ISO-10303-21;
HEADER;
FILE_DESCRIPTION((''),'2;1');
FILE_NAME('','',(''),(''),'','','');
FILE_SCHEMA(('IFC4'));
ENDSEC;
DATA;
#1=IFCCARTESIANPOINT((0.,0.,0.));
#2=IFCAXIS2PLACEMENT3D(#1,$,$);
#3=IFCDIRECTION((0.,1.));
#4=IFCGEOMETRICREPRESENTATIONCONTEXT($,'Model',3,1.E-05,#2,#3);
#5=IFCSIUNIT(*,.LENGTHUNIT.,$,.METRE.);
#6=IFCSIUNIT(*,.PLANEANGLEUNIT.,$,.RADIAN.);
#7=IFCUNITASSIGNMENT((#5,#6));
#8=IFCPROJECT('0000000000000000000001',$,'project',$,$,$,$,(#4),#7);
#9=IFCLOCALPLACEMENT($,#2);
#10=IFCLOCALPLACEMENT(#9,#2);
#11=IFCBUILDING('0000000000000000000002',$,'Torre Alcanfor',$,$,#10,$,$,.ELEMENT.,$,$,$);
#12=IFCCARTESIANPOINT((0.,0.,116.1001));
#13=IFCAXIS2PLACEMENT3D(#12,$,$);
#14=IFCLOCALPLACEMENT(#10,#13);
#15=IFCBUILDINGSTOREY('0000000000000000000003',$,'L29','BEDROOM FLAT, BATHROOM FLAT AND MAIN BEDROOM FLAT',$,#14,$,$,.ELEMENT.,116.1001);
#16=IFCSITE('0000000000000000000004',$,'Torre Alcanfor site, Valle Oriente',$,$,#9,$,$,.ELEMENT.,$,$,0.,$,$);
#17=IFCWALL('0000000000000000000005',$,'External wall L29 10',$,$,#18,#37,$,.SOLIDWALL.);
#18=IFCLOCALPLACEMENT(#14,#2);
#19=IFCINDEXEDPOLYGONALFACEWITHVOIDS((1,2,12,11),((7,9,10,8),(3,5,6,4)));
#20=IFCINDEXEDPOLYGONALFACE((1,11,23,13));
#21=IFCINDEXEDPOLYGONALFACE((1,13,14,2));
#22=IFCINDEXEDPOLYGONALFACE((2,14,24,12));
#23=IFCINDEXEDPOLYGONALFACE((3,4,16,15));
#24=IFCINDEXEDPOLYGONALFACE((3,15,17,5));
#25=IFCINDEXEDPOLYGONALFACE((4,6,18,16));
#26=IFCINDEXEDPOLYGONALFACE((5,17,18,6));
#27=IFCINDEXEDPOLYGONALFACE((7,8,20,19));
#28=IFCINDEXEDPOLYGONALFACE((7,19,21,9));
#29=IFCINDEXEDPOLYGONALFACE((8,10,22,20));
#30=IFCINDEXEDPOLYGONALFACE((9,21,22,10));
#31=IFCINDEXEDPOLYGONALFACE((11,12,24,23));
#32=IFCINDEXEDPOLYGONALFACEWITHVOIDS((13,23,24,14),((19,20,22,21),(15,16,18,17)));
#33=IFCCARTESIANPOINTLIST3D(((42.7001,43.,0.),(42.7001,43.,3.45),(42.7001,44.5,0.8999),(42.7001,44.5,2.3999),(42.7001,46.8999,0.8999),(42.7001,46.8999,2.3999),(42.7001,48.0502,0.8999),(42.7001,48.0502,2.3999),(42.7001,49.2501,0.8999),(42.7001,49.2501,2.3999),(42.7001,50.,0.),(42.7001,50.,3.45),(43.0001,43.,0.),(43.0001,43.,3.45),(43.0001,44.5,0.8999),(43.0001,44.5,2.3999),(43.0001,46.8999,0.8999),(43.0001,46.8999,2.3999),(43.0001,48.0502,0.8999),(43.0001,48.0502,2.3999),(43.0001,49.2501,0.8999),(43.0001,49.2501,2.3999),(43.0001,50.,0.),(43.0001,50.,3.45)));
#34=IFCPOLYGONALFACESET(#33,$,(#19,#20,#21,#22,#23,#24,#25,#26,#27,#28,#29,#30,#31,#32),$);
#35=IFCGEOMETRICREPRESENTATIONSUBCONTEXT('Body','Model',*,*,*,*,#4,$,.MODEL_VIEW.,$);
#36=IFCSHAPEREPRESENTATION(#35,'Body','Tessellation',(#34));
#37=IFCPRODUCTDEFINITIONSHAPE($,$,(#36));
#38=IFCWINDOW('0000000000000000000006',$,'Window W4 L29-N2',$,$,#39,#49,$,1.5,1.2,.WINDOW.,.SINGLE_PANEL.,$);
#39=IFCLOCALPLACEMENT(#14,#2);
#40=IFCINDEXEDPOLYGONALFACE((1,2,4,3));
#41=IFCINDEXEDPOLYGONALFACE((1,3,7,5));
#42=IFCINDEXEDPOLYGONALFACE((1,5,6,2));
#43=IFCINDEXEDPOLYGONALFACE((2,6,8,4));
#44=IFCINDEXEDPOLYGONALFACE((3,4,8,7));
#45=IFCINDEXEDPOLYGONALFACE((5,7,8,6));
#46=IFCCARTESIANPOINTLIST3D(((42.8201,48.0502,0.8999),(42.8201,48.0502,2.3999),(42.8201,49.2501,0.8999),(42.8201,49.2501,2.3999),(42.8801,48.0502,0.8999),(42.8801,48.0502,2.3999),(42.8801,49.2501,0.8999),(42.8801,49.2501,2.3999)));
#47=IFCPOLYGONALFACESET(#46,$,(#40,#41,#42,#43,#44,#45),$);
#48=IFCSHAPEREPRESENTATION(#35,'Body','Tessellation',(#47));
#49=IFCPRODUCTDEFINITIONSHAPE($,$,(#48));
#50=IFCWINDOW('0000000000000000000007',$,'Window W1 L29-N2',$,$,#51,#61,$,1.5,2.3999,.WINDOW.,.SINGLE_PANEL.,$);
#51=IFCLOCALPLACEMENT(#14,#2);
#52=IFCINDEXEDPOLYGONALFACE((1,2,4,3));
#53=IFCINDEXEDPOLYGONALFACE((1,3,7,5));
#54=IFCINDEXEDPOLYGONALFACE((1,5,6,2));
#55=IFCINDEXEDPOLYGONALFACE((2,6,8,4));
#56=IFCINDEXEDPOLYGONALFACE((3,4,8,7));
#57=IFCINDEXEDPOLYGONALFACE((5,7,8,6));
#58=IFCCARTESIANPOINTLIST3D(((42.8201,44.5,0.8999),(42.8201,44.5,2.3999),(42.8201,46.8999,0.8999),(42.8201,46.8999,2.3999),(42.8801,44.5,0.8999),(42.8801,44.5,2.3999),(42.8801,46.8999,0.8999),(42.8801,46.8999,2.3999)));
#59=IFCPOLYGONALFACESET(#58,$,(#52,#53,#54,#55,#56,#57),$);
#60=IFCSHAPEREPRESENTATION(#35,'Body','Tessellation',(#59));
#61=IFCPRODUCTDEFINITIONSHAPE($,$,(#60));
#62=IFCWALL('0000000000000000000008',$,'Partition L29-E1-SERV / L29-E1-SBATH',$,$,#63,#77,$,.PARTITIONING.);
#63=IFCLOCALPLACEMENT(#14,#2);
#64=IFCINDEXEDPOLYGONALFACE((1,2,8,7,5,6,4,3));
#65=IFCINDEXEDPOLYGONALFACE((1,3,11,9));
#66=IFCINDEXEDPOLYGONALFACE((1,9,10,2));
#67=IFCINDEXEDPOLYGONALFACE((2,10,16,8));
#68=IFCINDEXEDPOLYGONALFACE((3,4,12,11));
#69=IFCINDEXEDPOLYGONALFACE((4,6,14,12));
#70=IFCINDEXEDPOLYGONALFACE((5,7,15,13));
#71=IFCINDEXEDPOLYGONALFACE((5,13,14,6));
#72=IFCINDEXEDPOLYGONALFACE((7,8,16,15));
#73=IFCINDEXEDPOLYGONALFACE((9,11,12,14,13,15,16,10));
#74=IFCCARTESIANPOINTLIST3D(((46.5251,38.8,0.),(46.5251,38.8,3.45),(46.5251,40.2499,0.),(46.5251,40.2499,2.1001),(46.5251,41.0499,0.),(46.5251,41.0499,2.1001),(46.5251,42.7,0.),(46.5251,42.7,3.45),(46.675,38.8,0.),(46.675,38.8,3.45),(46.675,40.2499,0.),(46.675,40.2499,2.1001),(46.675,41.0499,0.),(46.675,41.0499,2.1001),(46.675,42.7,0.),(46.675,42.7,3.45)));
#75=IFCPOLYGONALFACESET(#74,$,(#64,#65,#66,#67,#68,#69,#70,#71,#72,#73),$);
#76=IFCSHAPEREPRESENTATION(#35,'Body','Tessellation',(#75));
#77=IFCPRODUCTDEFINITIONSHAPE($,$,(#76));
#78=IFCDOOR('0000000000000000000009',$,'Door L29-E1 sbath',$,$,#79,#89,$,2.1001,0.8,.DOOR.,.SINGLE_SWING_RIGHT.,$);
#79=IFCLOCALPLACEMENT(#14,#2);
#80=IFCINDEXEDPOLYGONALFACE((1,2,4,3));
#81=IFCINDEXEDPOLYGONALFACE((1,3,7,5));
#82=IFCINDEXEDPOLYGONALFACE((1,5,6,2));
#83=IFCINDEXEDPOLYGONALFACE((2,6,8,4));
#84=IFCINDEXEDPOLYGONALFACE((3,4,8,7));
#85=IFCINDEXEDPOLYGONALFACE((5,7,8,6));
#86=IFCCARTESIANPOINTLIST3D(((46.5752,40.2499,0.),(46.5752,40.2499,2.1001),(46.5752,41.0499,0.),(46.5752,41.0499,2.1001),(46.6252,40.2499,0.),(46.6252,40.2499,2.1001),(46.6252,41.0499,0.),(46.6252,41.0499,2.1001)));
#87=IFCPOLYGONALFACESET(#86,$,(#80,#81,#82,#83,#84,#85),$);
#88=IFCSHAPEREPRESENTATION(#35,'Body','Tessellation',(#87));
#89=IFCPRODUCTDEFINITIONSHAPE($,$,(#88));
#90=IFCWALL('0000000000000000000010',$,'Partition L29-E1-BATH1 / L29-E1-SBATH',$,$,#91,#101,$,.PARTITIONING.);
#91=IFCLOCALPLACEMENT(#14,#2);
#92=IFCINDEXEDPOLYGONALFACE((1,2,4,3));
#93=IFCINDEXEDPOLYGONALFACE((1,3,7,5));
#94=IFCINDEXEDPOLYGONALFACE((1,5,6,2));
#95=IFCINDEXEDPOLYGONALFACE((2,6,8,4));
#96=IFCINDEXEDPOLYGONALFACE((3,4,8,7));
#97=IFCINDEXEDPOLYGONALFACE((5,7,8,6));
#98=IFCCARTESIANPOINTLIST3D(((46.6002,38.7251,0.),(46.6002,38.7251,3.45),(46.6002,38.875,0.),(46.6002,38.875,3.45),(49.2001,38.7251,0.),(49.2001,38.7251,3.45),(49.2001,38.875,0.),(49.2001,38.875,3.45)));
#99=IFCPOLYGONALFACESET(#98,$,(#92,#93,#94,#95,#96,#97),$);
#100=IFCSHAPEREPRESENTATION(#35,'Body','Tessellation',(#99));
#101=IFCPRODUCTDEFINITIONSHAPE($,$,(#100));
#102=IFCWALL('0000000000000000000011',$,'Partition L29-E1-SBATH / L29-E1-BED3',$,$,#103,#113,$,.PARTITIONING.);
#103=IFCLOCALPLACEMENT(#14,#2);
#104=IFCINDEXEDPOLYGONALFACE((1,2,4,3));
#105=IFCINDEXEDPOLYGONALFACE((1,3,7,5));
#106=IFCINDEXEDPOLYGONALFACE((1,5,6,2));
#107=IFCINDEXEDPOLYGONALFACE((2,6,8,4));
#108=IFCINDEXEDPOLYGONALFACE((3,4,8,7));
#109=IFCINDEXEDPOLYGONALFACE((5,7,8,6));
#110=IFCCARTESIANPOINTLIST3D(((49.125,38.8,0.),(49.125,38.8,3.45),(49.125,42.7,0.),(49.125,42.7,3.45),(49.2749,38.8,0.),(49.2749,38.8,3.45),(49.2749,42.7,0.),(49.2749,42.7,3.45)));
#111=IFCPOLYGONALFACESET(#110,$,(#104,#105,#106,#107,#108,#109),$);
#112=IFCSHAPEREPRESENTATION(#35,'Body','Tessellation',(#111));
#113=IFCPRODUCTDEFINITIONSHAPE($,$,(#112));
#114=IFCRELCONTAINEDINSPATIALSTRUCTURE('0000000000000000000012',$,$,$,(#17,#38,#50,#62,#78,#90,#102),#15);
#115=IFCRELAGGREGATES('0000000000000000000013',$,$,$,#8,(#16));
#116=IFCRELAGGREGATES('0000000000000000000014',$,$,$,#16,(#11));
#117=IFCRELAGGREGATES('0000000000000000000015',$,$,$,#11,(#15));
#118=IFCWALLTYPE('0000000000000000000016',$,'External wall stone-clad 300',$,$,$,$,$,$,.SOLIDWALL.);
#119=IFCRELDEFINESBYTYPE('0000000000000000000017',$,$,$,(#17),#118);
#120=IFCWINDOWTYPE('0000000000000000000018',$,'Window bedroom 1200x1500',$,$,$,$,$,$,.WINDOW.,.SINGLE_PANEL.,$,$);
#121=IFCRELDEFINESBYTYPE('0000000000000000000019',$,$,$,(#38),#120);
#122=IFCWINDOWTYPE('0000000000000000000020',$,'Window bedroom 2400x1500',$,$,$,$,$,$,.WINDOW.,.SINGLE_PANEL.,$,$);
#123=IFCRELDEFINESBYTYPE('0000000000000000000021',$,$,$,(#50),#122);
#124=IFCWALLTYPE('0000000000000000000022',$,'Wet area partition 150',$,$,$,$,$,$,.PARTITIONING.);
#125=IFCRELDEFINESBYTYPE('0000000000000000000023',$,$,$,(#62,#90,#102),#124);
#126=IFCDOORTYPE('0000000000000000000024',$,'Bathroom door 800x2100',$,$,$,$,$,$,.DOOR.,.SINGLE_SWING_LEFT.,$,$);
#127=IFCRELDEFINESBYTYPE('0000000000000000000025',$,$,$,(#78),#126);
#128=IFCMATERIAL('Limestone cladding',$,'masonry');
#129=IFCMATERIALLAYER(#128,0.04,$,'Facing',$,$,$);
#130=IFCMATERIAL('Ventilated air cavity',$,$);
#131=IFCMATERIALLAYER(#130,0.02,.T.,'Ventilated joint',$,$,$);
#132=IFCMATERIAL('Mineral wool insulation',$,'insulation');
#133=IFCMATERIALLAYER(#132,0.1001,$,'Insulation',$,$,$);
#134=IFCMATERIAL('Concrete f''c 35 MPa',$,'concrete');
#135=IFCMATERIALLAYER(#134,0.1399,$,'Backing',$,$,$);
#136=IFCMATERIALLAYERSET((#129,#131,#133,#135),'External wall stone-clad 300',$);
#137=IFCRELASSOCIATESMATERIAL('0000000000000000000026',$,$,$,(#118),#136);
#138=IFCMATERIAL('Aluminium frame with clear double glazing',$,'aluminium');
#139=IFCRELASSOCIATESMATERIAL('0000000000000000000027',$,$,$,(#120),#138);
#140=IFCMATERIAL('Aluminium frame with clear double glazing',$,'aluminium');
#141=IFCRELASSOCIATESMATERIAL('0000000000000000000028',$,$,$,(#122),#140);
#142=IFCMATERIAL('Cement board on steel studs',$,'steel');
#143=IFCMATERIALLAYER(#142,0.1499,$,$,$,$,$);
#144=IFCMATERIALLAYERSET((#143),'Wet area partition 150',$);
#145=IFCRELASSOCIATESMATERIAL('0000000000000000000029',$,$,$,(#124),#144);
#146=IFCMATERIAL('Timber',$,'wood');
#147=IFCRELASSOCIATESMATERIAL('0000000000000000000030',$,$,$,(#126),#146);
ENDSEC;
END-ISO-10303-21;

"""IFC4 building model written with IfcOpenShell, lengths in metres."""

from ifc_helpers import new_model, si_unit, direction, frame, frame_2d, origin, place, context, subcontext, project, spatial, rectangle, extrude, material, layer, layer_set, type_object, element, fill, save


model = new_model("IFC4")

# Units and contexts
model_context = context("Model", 3, precision=1e-05, world=origin(), true_north=direction((0.0, 1.0)))
body_context = subcontext(model_context, "Body", "Model", "MODEL_VIEW")
ifc_project = project(units=[si_unit("LENGTHUNIT", "METRE"), si_unit("PLANEANGLEUNIT", "RADIAN")], contexts=[model_context])

# Site, building, storey
site_placement = place(None, origin())
site = spatial("IfcSite", under=ifc_project, at=site_placement, Name="Torre Alcanfor site, Valle Oriente", CompositionType="ELEMENT", RefElevation=0.0)
building_placement = place(site_placement, origin())
building = spatial("IfcBuilding", under=site, at=building_placement, Name="Torre Alcanfor", CompositionType="ELEMENT")
storey_placement = place(building_placement, frame((0.0, 0.0, 116.1001)))
storey = spatial("IfcBuildingStorey", under=building, at=storey_placement, Name="L29", Description="BEDROOM FLAT, BATHROOM FLAT AND MAIN BEDROOM FLAT", CompositionType="ELEMENT", Elevation=116.1001)

# Wall, openings, windows
ifc_material_1 = material(Name="Limestone cladding", Category="masonry")
ifc_layer_1 = layer(ifc_material_1, 0.04, Name="Facing")
ifc_material_2 = material(Name="Ventilated air cavity")
ifc_layer_2 = layer(ifc_material_2, 0.02, ventilated=True, Name="Ventilated joint")
ifc_material_3 = material(Name="Mineral wool insulation", Category="insulation")
ifc_layer_3 = layer(ifc_material_3, 0.1001, Name="Insulation")
ifc_material_4 = material(Name="Concrete f'c 35 MPa", Category="concrete")
ifc_layer_4 = layer(ifc_material_4, 0.1399, Name="Backing")
ifc_layer_set_1 = layer_set([ifc_layer_1, ifc_layer_2, ifc_layer_3, ifc_layer_4], Name="External wall stone-clad 300")
wall_type_1 = type_object("IfcWallType", Name="External wall stone-clad 300", PredefinedType="SOLIDWALL", material=ifc_layer_set_1)
wall_1_placement = place(storey_placement, frame((42.8501, 43.0, 0.0), z_axis=(0.0, 0.0, 1.0), x_axis=(0.0, 1.0, 0.0)))
wall_1 = element("IfcWall", 1, at=wall_1_placement, inside=storey, type_object=wall_type_1, Name="External wall L29 10", PredefinedType="SOLIDWALL", context=body_context, shape_type="SweptSolid", body=[
    extrude(rectangle(XDim=7.0, YDim=0.3, at=frame_2d((3.5, 0.0))), origin(), (0.0, 0.0, 1.0), 3.45),
])
opening_1_placement = place(wall_1_placement, frame((1.5, 0.0, 0.8999)))
opening_1 = element("IfcOpeningElement", 2, at=opening_1_placement, cuts=wall_1, PredefinedType="OPENING", context=body_context, shape_type="SweptSolid", body=[
    extrude(rectangle(XDim=2.3999, YDim=1.5, at=frame_2d((1.2, 0.75))), frame((0.0, 0.1599, 0.0), z_axis=(0.0, -1.0, 0.0), x_axis=(1.0, 0.0, 0.0)), (0.0, 0.0, 1.0), 0.3201),
])
opening_2_placement = place(wall_1_placement, frame((5.05, 0.0, 0.8999)))
opening_2 = element("IfcOpeningElement", 3, at=opening_2_placement, cuts=wall_1, PredefinedType="OPENING", context=body_context, shape_type="SweptSolid", body=[
    extrude(rectangle(XDim=1.2, YDim=1.5, at=frame_2d((0.6001, 0.75))), frame((0.0, 0.1599, 0.0), z_axis=(0.0, -1.0, 0.0), x_axis=(1.0, 0.0, 0.0)), (0.0, 0.0, 1.0), 0.3201),
])
ifc_material_5 = material(Name="Aluminium frame with clear double glazing", Category="aluminium")
window_type_1 = type_object("IfcWindowType", Name="Window bedroom 1200x1500", PartitioningType="SINGLE_PANEL", PredefinedType="WINDOW", material=ifc_material_5)
window_1_placement = place(opening_2_placement, origin())
window_1 = element("IfcWindow", 4, at=window_1_placement, inside=storey, type_object=window_type_1, Name="Window W4 L29-N2", OverallHeight=1.5, OverallWidth=1.2, PartitioningType="SINGLE_PANEL", PredefinedType="WINDOW", context=body_context, shape_type="SweptSolid", body=[
    extrude(rectangle(XDim=1.2, YDim=1.5, at=frame_2d((0.6001, 0.75))), frame((0.0, 0.03, 0.0), z_axis=(0.0, -1.0, 0.0), x_axis=(1.0, 0.0, 0.0)), (0.0, 0.0, 1.0), 0.0601),
])
fill(opening_2, window_1)
ifc_material_6 = material(Name="Aluminium frame with clear double glazing", Category="aluminium")
window_type_2 = type_object("IfcWindowType", Name="Window bedroom 2400x1500", PartitioningType="SINGLE_PANEL", PredefinedType="WINDOW", material=ifc_material_6)
window_2_placement = place(opening_1_placement, origin())
window_2 = element("IfcWindow", 5, at=window_2_placement, inside=storey, type_object=window_type_2, Name="Window W1 L29-N2", OverallHeight=1.5, OverallWidth=2.3999, PartitioningType="SINGLE_PANEL", PredefinedType="WINDOW", context=body_context, shape_type="SweptSolid", body=[
    extrude(rectangle(XDim=2.3999, YDim=1.5, at=frame_2d((1.2, 0.75))), frame((0.0, 0.03, 0.0), z_axis=(0.0, -1.0, 0.0), x_axis=(1.0, 0.0, 0.0)), (0.0, 0.0, 1.0), 0.0601),
])
fill(opening_1, window_2)

# Wall, opening, door
ifc_material_7 = material(Name="Cement board on steel studs", Category="steel")
ifc_layer_5 = layer(ifc_material_7, 0.1499)
ifc_layer_set_2 = layer_set([ifc_layer_5], Name="Wet area partition 150")
wall_type_2 = type_object("IfcWallType", Name="Wet area partition 150", PredefinedType="PARTITIONING", material=ifc_layer_set_2)
wall_2_placement = place(storey_placement, frame((46.6001, 38.8, 0.0), z_axis=(0.0, 0.0, 1.0), x_axis=(0.0, 1.0, 0.0)))
wall_2 = element("IfcWall", 6, at=wall_2_placement, inside=storey, type_object=wall_type_2, Name="Partition L29-E1-SERV / L29-E1-SBATH", PredefinedType="PARTITIONING", context=body_context, shape_type="SweptSolid", body=[
    extrude(rectangle(XDim=3.8999, YDim=0.1499, at=frame_2d((1.95, 0.0))), origin(), (0.0, 0.0, 1.0), 3.45),
])
opening_3_placement = place(wall_2_placement, frame((1.45, 0.0, 0.0)))
opening_3 = element("IfcOpeningElement", 7, at=opening_3_placement, cuts=wall_2, PredefinedType="OPENING", context=body_context, shape_type="SweptSolid", body=[
    extrude(rectangle(XDim=0.8, YDim=2.1001, at=frame_2d((0.3999, 1.05))), frame((0.0, 0.085, 0.0), z_axis=(0.0, -1.0, 0.0), x_axis=(1.0, 0.0, 0.0)), (0.0, 0.0, 1.0), 0.1699),
])
ifc_material_8 = material(Name="Timber", Category="wood")
door_type = type_object("IfcDoorType", Name="Bathroom door 800x2100", OperationType="SINGLE_SWING_LEFT", PredefinedType="DOOR", material=ifc_material_8)
door_placement = place(opening_3_placement, frame((0.8, 0.0, 0.0), z_axis=(0.0, 0.0, 1.0), x_axis=(-1.0, 0.0, 0.0)))
door = element("IfcDoor", 8, at=door_placement, inside=storey, type_object=door_type, Name="Door L29-E1 sbath", OperationType="SINGLE_SWING_RIGHT", OverallHeight=2.1001, OverallWidth=0.8, PredefinedType="DOOR", context=body_context, shape_type="SweptSolid", body=[
    extrude(rectangle(XDim=0.8, YDim=2.1001, at=frame_2d((0.4001, 1.05))), frame((0.0, 0.0251, 0.0), z_axis=(0.0, -1.0, 0.0), x_axis=(1.0, 0.0, 0.0)), (0.0, 0.0, 1.0), 0.05),
])
fill(opening_3, door)

# Walls
wall_3_placement = place(storey_placement, frame((49.2, 38.8, 0.0), z_axis=(0.0, 0.0, 1.0), x_axis=(-1.0, 0.0, 0.0)))
element("IfcWall", 9, at=wall_3_placement, inside=storey, type_object=wall_type_2, Name="Partition L29-E1-BATH1 / L29-E1-SBATH", PredefinedType="PARTITIONING", context=body_context, shape_type="SweptSolid", body=[
    extrude(rectangle(XDim=2.5999, YDim=0.1499, at=frame_2d((1.2998, 0.0))), origin(), (0.0, 0.0, 1.0), 3.45),
])
wall_4_placement = place(storey_placement, frame((49.2, 38.8, 0.0), z_axis=(0.0, 0.0, 1.0), x_axis=(0.0, 1.0, 0.0)))
element("IfcWall", 10, at=wall_4_placement, inside=storey, type_object=wall_type_2, Name="Partition L29-E1-SBATH / L29-E1-BED3", PredefinedType="PARTITIONING", context=body_context, shape_type="SweptSolid", body=[
    extrude(rectangle(XDim=3.8999, YDim=0.1499, at=frame_2d((1.95, 0.0))), origin(), (0.0, 0.0, 1.0), 3.45),
])

save(model, "model.ifc")
